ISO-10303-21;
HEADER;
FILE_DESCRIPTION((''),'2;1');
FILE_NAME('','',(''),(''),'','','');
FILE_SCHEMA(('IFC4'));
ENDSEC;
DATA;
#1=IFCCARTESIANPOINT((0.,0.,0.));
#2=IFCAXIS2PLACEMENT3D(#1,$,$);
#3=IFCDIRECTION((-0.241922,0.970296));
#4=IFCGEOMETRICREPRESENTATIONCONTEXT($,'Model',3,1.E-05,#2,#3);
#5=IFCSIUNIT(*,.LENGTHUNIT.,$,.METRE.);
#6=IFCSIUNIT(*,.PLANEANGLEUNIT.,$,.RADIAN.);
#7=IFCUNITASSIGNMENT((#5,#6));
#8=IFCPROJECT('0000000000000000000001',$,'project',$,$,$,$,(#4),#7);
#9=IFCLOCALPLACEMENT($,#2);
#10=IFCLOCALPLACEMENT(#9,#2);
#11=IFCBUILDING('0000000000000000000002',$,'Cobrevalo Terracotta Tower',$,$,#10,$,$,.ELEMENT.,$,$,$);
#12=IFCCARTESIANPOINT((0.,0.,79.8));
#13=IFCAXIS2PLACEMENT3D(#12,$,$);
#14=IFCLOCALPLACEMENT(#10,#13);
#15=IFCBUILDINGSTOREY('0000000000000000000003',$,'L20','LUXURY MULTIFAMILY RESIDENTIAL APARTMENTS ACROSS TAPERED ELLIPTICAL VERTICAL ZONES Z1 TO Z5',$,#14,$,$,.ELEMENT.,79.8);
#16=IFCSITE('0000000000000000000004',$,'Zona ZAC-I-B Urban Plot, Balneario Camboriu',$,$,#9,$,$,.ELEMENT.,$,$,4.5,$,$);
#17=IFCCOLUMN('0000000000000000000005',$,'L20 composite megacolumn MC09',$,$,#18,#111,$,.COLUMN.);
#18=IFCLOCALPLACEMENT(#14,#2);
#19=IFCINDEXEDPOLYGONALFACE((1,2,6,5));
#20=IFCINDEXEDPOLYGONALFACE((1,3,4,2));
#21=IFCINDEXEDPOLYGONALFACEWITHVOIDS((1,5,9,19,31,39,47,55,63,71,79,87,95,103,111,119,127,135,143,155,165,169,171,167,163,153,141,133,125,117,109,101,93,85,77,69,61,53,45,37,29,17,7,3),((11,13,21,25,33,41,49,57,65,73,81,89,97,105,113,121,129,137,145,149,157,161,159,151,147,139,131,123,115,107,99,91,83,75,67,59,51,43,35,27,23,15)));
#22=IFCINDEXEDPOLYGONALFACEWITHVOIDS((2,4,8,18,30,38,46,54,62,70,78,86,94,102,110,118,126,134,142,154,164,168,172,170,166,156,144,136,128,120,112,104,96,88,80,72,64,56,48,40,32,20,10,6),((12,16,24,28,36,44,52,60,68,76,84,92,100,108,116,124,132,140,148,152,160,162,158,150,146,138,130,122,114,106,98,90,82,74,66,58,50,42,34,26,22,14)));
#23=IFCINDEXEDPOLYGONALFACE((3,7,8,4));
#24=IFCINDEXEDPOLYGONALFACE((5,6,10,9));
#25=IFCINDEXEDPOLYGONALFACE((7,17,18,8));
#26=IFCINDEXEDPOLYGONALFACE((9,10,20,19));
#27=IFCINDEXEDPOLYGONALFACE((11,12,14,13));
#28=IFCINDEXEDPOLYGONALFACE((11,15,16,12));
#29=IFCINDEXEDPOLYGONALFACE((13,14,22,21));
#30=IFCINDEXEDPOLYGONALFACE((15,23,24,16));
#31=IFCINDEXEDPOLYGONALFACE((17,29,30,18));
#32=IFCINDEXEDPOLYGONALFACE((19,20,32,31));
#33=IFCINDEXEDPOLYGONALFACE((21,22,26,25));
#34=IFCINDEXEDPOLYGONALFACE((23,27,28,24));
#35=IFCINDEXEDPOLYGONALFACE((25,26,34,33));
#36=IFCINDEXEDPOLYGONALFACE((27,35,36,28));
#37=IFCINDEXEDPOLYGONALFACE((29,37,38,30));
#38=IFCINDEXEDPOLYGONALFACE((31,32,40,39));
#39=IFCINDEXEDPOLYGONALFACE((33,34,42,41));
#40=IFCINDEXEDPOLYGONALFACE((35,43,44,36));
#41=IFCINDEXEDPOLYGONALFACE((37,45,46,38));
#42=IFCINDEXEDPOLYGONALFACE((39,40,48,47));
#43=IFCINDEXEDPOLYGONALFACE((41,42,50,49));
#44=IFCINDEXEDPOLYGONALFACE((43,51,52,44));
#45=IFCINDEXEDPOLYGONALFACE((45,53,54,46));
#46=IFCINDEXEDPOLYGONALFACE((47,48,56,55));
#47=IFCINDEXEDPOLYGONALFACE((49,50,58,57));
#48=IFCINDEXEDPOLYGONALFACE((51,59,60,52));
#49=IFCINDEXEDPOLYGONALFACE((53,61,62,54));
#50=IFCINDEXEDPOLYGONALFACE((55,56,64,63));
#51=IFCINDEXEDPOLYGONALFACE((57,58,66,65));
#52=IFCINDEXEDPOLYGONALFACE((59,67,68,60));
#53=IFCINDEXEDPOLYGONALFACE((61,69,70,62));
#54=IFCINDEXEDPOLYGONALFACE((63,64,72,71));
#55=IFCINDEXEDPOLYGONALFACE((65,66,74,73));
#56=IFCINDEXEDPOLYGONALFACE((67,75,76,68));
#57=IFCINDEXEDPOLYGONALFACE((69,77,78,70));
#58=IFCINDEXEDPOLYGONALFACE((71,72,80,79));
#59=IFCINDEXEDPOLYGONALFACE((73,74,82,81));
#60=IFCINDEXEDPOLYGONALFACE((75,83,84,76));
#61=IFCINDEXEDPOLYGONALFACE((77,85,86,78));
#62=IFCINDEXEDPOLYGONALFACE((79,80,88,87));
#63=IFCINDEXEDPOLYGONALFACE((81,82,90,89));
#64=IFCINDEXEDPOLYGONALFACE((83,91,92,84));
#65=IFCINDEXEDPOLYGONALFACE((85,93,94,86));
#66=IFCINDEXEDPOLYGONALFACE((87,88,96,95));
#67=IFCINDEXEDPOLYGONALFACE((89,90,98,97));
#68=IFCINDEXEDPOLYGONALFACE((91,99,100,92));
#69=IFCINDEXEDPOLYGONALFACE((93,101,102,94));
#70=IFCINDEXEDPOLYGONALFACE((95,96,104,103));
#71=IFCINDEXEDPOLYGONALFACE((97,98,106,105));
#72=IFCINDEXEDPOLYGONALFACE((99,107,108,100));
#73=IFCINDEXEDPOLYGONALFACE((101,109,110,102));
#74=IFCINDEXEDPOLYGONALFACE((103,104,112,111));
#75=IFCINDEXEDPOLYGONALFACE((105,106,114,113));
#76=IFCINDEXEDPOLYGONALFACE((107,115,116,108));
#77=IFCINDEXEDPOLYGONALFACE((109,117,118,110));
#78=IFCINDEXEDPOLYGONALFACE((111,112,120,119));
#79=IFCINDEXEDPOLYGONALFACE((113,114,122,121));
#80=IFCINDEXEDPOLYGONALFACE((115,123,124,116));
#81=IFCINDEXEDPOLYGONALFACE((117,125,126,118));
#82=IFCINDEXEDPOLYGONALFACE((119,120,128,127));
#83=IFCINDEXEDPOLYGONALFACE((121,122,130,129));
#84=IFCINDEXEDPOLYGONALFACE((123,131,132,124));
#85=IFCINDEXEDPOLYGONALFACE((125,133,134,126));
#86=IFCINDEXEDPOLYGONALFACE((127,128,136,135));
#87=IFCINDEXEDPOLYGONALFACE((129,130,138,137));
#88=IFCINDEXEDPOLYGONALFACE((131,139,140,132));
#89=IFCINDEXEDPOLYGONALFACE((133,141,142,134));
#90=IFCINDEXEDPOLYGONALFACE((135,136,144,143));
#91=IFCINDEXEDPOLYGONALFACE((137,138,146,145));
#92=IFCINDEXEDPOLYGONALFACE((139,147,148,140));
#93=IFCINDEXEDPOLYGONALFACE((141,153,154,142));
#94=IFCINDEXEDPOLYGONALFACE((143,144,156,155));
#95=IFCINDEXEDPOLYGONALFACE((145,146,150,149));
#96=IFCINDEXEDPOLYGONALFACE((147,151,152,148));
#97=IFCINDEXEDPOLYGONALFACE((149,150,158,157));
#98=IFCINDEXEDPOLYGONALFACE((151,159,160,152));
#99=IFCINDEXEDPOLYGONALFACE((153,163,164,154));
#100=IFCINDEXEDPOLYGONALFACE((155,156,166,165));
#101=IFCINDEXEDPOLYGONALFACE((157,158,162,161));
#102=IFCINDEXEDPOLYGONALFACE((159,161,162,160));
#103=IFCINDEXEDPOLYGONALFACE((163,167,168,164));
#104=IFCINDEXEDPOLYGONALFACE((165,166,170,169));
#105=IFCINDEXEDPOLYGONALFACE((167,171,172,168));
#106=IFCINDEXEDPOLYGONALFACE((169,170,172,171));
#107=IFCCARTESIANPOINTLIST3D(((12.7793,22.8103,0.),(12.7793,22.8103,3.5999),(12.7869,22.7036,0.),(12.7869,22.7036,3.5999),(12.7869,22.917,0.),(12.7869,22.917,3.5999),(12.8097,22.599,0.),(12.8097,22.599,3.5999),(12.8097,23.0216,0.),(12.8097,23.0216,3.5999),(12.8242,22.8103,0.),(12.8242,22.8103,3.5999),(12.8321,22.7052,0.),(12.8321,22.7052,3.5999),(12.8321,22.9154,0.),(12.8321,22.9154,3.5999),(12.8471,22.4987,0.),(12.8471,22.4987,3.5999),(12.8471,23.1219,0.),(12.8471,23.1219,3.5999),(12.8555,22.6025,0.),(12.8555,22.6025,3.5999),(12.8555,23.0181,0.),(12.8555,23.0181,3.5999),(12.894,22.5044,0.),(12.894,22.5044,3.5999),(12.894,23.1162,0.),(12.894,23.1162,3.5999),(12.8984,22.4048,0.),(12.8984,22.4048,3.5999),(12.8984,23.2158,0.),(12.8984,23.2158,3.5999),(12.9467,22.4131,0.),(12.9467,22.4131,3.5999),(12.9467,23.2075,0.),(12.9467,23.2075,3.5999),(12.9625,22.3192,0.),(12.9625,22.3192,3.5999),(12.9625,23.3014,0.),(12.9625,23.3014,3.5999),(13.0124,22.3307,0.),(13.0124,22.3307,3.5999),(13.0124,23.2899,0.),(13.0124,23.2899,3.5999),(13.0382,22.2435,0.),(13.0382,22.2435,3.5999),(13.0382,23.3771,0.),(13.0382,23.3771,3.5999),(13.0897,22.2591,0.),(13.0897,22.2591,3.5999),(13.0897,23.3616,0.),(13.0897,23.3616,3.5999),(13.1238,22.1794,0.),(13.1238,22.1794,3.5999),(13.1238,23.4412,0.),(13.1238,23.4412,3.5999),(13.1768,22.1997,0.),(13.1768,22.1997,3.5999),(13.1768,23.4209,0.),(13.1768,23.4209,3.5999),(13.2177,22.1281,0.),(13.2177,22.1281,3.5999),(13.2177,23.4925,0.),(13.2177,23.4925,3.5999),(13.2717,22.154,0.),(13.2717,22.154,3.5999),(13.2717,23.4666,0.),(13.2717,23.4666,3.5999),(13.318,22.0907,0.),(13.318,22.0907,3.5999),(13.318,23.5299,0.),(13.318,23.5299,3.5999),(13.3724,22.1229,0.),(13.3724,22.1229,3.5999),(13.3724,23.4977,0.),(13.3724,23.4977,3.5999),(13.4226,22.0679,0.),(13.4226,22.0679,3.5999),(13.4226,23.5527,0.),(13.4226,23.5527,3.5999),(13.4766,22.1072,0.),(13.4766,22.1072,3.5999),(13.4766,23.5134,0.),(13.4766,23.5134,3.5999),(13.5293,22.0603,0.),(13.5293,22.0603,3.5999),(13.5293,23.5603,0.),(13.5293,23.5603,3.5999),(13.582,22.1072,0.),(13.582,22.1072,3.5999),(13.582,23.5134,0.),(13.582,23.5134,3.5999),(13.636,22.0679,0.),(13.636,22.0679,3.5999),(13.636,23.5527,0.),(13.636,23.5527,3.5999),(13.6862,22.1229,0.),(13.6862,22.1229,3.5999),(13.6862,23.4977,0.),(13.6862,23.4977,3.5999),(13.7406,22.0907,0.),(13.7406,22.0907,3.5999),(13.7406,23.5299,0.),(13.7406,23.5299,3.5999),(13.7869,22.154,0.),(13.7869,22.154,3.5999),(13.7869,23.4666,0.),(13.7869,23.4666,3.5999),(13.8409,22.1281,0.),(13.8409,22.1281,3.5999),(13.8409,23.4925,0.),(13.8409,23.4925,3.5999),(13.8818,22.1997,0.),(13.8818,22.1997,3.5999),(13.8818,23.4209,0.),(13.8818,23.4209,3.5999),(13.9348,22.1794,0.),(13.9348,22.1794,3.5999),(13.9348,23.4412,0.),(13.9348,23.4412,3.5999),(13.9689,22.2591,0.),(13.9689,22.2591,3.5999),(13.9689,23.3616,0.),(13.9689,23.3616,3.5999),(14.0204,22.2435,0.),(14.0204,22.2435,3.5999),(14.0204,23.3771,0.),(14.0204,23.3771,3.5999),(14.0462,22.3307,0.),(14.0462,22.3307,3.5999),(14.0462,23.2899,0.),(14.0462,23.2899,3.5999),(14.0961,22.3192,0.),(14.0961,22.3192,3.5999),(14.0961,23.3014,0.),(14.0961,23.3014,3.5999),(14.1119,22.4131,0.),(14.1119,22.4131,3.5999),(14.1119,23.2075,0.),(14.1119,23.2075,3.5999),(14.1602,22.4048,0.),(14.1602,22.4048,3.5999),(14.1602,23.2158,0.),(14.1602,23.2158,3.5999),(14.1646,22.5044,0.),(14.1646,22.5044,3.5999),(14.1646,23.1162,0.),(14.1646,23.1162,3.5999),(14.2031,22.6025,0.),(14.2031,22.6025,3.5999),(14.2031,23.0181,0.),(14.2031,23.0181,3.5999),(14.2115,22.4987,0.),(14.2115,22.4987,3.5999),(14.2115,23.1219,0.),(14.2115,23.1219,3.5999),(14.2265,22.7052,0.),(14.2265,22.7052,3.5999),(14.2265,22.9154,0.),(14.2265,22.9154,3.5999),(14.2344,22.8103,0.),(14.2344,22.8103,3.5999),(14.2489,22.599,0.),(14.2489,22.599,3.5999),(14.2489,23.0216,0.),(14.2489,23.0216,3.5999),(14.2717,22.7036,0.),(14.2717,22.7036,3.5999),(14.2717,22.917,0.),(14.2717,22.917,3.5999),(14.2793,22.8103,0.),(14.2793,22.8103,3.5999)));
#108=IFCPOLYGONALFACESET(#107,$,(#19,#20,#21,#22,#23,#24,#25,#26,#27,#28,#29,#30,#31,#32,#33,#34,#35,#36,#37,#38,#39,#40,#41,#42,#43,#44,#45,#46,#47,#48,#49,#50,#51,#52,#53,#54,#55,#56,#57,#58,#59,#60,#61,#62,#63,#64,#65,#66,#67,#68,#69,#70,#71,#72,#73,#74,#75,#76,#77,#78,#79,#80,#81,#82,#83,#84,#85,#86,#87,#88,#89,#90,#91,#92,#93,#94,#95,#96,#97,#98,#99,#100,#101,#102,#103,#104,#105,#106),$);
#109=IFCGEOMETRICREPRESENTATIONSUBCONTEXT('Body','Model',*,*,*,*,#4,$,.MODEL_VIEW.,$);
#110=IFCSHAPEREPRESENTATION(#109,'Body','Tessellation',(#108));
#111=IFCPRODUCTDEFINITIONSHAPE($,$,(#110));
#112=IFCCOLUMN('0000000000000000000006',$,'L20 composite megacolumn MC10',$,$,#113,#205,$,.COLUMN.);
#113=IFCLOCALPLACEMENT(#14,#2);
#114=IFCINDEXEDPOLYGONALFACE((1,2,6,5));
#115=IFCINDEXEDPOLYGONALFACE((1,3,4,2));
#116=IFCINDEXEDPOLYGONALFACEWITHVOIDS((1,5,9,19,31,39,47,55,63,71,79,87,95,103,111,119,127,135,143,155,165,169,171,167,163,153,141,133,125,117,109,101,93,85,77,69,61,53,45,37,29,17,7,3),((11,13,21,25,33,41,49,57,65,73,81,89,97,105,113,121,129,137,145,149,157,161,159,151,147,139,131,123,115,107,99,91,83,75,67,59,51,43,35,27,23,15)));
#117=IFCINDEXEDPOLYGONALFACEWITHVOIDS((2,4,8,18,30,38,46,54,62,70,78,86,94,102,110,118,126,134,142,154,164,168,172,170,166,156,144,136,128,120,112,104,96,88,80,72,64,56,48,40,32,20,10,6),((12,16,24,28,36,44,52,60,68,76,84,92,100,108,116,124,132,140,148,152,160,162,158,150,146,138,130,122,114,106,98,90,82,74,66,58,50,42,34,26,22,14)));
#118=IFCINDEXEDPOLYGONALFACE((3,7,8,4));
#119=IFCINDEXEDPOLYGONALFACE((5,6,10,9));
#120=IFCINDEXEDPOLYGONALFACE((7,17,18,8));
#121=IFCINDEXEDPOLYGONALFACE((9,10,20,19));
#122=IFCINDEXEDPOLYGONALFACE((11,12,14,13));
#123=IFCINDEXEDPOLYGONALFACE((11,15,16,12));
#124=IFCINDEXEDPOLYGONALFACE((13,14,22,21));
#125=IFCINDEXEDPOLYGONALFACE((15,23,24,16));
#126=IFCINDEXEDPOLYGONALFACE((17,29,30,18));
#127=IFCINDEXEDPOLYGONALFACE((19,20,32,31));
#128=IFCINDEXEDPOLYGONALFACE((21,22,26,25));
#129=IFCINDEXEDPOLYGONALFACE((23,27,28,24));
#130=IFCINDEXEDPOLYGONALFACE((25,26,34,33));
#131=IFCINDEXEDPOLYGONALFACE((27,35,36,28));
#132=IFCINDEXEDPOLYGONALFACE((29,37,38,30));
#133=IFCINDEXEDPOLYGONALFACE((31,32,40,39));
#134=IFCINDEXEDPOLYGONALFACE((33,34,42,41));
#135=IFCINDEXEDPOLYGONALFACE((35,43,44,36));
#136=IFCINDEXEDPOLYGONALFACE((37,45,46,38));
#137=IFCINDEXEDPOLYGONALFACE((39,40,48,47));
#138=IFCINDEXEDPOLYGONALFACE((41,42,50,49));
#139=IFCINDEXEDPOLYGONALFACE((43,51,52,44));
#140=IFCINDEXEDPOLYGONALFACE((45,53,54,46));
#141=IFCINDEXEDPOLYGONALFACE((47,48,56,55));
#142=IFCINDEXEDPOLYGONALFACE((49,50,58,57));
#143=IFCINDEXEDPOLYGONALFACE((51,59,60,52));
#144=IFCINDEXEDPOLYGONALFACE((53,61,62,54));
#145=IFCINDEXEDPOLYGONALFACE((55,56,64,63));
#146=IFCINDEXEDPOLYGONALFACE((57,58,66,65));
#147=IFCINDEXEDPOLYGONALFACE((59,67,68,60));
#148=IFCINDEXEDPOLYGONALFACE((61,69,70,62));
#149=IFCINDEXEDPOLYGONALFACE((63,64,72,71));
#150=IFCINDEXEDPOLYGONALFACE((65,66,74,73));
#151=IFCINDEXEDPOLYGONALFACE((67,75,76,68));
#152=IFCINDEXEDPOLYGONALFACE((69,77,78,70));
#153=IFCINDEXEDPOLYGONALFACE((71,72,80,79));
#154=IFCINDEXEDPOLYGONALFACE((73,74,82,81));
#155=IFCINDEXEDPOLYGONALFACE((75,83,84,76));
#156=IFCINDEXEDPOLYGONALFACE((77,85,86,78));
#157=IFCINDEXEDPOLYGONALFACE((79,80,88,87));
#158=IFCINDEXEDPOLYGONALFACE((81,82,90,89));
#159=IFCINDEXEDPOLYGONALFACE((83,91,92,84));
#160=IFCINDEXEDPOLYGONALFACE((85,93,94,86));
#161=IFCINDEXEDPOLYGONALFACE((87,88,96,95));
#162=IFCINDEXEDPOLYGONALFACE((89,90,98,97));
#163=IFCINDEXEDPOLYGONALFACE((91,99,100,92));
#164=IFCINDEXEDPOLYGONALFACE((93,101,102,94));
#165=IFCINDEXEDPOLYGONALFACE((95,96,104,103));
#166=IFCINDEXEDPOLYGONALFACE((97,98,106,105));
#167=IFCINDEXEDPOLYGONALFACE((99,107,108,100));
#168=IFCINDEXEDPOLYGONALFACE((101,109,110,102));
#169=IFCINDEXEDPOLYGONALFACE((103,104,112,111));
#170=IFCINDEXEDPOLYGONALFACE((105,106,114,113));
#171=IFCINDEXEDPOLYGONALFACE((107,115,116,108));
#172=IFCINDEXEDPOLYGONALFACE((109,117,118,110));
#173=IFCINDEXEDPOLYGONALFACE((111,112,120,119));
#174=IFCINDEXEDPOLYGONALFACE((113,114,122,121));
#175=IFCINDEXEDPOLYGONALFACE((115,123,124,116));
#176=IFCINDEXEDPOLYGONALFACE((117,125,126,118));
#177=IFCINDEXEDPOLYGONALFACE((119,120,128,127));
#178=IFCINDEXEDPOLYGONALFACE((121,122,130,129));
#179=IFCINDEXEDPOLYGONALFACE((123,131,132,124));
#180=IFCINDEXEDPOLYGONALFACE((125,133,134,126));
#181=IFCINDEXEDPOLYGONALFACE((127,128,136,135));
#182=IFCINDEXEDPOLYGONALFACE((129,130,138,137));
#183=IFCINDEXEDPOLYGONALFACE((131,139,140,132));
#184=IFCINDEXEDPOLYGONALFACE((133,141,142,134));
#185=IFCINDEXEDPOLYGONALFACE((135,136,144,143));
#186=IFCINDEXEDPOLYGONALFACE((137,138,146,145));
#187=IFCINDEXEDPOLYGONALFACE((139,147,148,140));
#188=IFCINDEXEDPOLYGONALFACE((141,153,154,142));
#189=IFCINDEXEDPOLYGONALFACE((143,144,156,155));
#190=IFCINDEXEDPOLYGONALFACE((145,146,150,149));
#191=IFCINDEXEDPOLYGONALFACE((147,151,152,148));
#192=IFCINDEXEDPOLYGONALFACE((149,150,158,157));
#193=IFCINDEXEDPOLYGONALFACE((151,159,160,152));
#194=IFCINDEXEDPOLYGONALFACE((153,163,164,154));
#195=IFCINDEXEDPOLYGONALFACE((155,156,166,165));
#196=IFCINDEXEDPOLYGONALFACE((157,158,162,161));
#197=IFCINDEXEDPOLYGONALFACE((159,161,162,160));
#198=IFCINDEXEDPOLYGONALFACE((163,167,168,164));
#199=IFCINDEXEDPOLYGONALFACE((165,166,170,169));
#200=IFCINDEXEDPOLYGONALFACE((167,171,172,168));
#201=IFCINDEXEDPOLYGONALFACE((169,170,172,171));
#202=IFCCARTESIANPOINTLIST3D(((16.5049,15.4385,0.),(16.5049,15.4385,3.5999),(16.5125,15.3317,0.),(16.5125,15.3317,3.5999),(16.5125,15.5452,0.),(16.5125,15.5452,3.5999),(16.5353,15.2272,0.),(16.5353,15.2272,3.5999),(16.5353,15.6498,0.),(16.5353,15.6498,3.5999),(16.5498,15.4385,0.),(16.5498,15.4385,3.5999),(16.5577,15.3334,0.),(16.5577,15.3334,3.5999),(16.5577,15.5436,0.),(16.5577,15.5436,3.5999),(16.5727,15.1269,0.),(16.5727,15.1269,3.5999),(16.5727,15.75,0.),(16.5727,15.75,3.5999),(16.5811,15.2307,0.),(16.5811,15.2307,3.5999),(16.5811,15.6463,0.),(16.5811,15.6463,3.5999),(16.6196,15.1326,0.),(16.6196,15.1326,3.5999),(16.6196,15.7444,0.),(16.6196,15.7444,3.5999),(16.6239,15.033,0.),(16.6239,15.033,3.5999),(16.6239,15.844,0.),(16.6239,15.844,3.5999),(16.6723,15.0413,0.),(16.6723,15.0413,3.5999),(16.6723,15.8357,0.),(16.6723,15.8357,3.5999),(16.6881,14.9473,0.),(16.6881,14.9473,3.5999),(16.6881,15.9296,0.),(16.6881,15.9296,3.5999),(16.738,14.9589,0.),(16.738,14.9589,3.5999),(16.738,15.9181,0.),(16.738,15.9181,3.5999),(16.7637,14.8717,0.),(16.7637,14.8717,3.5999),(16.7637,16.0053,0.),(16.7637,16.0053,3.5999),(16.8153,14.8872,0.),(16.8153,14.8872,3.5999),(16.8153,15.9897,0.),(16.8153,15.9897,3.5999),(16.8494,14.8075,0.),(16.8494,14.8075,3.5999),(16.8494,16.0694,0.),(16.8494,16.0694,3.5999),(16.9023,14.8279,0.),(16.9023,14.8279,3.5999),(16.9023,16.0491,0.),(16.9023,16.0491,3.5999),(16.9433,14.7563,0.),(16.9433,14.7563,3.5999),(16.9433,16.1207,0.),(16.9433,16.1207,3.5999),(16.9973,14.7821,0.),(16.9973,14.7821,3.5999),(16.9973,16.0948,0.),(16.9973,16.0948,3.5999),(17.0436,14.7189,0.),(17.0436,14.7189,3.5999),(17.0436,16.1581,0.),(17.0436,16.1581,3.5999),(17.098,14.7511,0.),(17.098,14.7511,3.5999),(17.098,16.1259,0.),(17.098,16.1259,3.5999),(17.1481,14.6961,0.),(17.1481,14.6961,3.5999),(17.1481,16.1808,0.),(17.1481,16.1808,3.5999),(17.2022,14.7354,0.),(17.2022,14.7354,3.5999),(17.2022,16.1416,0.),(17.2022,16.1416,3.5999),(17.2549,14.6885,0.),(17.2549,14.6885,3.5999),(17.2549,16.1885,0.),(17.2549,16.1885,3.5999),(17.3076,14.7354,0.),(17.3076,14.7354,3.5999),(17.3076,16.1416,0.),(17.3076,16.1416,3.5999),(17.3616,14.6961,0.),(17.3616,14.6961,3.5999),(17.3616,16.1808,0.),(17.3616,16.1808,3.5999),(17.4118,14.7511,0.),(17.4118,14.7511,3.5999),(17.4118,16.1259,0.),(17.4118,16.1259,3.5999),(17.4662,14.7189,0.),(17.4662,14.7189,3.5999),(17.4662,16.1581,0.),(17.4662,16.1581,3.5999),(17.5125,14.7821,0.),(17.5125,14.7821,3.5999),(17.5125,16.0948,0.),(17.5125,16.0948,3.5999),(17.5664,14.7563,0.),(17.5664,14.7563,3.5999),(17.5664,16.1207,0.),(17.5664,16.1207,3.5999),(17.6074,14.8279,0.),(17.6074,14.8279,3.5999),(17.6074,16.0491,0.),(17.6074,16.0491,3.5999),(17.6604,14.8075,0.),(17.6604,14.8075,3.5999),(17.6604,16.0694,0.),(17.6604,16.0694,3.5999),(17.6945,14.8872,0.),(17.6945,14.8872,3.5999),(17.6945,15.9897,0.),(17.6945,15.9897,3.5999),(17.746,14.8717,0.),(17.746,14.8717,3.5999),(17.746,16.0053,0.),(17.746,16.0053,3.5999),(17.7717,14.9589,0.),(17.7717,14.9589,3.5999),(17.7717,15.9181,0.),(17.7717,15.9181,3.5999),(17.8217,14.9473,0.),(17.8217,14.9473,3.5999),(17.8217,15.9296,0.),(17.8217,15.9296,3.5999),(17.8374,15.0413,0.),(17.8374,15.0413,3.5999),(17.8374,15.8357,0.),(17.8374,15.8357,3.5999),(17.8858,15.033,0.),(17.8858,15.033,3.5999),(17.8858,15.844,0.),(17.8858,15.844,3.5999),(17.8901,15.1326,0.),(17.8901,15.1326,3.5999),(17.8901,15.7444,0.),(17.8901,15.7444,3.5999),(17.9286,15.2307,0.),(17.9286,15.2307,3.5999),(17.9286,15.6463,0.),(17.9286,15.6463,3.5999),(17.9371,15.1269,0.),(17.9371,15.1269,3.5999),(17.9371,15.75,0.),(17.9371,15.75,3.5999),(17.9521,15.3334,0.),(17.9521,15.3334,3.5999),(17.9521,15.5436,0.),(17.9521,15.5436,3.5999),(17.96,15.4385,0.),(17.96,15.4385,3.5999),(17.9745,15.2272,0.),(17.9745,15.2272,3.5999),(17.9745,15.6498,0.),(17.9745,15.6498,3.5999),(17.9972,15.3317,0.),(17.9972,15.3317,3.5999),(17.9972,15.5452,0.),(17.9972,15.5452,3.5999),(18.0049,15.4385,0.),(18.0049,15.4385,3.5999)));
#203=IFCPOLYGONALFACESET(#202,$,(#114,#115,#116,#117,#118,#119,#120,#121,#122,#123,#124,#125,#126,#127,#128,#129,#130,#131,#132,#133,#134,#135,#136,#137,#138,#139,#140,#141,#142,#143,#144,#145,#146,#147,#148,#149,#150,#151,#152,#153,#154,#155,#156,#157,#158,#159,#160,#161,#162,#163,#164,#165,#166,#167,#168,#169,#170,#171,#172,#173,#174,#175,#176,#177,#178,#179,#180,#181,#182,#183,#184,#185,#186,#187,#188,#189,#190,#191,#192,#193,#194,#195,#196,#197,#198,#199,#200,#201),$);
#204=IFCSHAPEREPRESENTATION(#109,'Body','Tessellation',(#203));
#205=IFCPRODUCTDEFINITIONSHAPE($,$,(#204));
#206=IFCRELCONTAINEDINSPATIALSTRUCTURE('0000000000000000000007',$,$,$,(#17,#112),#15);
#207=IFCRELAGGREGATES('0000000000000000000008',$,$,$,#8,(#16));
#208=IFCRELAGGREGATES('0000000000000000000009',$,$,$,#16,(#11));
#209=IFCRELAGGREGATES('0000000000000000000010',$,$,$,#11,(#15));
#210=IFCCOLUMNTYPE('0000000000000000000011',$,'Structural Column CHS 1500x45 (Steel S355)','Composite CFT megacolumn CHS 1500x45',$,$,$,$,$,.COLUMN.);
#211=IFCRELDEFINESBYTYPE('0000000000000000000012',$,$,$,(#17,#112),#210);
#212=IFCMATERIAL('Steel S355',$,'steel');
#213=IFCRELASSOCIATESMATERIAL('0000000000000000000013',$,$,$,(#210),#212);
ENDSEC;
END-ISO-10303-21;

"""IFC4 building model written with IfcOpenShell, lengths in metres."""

from ifc_helpers import new_model, si_unit, direction, frame, origin, origin_2d, place, context, subcontext, project, spatial, hollow_circle, extrude, material, material_profile, profile_set, type_object, element, save


model = new_model("IFC4")

# Units and contexts
model_context = context("Model", 3, precision=1e-05, world=origin(), true_north=direction((-0.241922, 0.970296)))
body_context = subcontext(model_context, "Body", "Model", "MODEL_VIEW")
ifc_project = project(units=[si_unit("LENGTHUNIT", "METRE"), si_unit("PLANEANGLEUNIT", "RADIAN")], contexts=[model_context])

# Site, building, storey
site_placement = place(None, origin())
site = spatial("IfcSite", under=ifc_project, at=site_placement, Name="Zona ZAC-I-B Urban Plot, Balneario Camboriu", CompositionType="ELEMENT", RefElevation=4.5)
building_placement = place(site_placement, origin())
building = spatial("IfcBuilding", under=site, at=building_placement, Name="Cobrevalo Terracotta Tower", CompositionType="ELEMENT")
storey_placement = place(building_placement, frame((0.0, 0.0, 79.8)))
storey = spatial("IfcBuildingStorey", under=building, at=storey_placement, Name="L20", Description="LUXURY MULTIFAMILY RESIDENTIAL APARTMENTS ACROSS TAPERED ELLIPTICAL VERTICAL ZONES Z1 TO Z5", CompositionType="ELEMENT", Elevation=79.8)

# Columns
ifc_material_1 = material(Name="Steel S355", Category="steel")
ifc_material_profile_1 = material_profile(ifc_material_1, hollow_circle(Radius=0.75, WallThickness=0.0449, at=origin_2d()), Name="CHS 1500x45")
ifc_profile_set_1 = profile_set([ifc_material_profile_1], Name="Steel S355")
column_type = type_object("IfcColumnType", Name="Structural Column CHS 1500x45 (Steel S355)", Description="Composite CFT megacolumn CHS 1500x45", PredefinedType="COLUMN", material=ifc_profile_set_1)
for number, where, z_axis, x_axis, name in (
    (1, (13.5293, 22.8103, 0.0), (0.0, 0.0, 1.0), (1.0, 0.0, 0.0), "L20 composite megacolumn MC09"),
    (2, (17.2549, 15.4385, 0.0), (0.0, 0.0, 1.0), (1.0, 0.0, 0.0), "L20 composite megacolumn MC10"),
):
    element("IfcColumn", number, at=place(storey_placement, frame(where, z_axis=z_axis, x_axis=x_axis)), inside=storey, type_object=column_type, Name=name, PredefinedType="COLUMN", context=body_context, shape_type="SweptSolid", body=[
        extrude(hollow_circle(Radius=0.75, WallThickness=0.0449, at=origin_2d()), origin(), (0.0, 0.0, 1.0), 3.5999),
    ])

save(model, "model.ifc")
